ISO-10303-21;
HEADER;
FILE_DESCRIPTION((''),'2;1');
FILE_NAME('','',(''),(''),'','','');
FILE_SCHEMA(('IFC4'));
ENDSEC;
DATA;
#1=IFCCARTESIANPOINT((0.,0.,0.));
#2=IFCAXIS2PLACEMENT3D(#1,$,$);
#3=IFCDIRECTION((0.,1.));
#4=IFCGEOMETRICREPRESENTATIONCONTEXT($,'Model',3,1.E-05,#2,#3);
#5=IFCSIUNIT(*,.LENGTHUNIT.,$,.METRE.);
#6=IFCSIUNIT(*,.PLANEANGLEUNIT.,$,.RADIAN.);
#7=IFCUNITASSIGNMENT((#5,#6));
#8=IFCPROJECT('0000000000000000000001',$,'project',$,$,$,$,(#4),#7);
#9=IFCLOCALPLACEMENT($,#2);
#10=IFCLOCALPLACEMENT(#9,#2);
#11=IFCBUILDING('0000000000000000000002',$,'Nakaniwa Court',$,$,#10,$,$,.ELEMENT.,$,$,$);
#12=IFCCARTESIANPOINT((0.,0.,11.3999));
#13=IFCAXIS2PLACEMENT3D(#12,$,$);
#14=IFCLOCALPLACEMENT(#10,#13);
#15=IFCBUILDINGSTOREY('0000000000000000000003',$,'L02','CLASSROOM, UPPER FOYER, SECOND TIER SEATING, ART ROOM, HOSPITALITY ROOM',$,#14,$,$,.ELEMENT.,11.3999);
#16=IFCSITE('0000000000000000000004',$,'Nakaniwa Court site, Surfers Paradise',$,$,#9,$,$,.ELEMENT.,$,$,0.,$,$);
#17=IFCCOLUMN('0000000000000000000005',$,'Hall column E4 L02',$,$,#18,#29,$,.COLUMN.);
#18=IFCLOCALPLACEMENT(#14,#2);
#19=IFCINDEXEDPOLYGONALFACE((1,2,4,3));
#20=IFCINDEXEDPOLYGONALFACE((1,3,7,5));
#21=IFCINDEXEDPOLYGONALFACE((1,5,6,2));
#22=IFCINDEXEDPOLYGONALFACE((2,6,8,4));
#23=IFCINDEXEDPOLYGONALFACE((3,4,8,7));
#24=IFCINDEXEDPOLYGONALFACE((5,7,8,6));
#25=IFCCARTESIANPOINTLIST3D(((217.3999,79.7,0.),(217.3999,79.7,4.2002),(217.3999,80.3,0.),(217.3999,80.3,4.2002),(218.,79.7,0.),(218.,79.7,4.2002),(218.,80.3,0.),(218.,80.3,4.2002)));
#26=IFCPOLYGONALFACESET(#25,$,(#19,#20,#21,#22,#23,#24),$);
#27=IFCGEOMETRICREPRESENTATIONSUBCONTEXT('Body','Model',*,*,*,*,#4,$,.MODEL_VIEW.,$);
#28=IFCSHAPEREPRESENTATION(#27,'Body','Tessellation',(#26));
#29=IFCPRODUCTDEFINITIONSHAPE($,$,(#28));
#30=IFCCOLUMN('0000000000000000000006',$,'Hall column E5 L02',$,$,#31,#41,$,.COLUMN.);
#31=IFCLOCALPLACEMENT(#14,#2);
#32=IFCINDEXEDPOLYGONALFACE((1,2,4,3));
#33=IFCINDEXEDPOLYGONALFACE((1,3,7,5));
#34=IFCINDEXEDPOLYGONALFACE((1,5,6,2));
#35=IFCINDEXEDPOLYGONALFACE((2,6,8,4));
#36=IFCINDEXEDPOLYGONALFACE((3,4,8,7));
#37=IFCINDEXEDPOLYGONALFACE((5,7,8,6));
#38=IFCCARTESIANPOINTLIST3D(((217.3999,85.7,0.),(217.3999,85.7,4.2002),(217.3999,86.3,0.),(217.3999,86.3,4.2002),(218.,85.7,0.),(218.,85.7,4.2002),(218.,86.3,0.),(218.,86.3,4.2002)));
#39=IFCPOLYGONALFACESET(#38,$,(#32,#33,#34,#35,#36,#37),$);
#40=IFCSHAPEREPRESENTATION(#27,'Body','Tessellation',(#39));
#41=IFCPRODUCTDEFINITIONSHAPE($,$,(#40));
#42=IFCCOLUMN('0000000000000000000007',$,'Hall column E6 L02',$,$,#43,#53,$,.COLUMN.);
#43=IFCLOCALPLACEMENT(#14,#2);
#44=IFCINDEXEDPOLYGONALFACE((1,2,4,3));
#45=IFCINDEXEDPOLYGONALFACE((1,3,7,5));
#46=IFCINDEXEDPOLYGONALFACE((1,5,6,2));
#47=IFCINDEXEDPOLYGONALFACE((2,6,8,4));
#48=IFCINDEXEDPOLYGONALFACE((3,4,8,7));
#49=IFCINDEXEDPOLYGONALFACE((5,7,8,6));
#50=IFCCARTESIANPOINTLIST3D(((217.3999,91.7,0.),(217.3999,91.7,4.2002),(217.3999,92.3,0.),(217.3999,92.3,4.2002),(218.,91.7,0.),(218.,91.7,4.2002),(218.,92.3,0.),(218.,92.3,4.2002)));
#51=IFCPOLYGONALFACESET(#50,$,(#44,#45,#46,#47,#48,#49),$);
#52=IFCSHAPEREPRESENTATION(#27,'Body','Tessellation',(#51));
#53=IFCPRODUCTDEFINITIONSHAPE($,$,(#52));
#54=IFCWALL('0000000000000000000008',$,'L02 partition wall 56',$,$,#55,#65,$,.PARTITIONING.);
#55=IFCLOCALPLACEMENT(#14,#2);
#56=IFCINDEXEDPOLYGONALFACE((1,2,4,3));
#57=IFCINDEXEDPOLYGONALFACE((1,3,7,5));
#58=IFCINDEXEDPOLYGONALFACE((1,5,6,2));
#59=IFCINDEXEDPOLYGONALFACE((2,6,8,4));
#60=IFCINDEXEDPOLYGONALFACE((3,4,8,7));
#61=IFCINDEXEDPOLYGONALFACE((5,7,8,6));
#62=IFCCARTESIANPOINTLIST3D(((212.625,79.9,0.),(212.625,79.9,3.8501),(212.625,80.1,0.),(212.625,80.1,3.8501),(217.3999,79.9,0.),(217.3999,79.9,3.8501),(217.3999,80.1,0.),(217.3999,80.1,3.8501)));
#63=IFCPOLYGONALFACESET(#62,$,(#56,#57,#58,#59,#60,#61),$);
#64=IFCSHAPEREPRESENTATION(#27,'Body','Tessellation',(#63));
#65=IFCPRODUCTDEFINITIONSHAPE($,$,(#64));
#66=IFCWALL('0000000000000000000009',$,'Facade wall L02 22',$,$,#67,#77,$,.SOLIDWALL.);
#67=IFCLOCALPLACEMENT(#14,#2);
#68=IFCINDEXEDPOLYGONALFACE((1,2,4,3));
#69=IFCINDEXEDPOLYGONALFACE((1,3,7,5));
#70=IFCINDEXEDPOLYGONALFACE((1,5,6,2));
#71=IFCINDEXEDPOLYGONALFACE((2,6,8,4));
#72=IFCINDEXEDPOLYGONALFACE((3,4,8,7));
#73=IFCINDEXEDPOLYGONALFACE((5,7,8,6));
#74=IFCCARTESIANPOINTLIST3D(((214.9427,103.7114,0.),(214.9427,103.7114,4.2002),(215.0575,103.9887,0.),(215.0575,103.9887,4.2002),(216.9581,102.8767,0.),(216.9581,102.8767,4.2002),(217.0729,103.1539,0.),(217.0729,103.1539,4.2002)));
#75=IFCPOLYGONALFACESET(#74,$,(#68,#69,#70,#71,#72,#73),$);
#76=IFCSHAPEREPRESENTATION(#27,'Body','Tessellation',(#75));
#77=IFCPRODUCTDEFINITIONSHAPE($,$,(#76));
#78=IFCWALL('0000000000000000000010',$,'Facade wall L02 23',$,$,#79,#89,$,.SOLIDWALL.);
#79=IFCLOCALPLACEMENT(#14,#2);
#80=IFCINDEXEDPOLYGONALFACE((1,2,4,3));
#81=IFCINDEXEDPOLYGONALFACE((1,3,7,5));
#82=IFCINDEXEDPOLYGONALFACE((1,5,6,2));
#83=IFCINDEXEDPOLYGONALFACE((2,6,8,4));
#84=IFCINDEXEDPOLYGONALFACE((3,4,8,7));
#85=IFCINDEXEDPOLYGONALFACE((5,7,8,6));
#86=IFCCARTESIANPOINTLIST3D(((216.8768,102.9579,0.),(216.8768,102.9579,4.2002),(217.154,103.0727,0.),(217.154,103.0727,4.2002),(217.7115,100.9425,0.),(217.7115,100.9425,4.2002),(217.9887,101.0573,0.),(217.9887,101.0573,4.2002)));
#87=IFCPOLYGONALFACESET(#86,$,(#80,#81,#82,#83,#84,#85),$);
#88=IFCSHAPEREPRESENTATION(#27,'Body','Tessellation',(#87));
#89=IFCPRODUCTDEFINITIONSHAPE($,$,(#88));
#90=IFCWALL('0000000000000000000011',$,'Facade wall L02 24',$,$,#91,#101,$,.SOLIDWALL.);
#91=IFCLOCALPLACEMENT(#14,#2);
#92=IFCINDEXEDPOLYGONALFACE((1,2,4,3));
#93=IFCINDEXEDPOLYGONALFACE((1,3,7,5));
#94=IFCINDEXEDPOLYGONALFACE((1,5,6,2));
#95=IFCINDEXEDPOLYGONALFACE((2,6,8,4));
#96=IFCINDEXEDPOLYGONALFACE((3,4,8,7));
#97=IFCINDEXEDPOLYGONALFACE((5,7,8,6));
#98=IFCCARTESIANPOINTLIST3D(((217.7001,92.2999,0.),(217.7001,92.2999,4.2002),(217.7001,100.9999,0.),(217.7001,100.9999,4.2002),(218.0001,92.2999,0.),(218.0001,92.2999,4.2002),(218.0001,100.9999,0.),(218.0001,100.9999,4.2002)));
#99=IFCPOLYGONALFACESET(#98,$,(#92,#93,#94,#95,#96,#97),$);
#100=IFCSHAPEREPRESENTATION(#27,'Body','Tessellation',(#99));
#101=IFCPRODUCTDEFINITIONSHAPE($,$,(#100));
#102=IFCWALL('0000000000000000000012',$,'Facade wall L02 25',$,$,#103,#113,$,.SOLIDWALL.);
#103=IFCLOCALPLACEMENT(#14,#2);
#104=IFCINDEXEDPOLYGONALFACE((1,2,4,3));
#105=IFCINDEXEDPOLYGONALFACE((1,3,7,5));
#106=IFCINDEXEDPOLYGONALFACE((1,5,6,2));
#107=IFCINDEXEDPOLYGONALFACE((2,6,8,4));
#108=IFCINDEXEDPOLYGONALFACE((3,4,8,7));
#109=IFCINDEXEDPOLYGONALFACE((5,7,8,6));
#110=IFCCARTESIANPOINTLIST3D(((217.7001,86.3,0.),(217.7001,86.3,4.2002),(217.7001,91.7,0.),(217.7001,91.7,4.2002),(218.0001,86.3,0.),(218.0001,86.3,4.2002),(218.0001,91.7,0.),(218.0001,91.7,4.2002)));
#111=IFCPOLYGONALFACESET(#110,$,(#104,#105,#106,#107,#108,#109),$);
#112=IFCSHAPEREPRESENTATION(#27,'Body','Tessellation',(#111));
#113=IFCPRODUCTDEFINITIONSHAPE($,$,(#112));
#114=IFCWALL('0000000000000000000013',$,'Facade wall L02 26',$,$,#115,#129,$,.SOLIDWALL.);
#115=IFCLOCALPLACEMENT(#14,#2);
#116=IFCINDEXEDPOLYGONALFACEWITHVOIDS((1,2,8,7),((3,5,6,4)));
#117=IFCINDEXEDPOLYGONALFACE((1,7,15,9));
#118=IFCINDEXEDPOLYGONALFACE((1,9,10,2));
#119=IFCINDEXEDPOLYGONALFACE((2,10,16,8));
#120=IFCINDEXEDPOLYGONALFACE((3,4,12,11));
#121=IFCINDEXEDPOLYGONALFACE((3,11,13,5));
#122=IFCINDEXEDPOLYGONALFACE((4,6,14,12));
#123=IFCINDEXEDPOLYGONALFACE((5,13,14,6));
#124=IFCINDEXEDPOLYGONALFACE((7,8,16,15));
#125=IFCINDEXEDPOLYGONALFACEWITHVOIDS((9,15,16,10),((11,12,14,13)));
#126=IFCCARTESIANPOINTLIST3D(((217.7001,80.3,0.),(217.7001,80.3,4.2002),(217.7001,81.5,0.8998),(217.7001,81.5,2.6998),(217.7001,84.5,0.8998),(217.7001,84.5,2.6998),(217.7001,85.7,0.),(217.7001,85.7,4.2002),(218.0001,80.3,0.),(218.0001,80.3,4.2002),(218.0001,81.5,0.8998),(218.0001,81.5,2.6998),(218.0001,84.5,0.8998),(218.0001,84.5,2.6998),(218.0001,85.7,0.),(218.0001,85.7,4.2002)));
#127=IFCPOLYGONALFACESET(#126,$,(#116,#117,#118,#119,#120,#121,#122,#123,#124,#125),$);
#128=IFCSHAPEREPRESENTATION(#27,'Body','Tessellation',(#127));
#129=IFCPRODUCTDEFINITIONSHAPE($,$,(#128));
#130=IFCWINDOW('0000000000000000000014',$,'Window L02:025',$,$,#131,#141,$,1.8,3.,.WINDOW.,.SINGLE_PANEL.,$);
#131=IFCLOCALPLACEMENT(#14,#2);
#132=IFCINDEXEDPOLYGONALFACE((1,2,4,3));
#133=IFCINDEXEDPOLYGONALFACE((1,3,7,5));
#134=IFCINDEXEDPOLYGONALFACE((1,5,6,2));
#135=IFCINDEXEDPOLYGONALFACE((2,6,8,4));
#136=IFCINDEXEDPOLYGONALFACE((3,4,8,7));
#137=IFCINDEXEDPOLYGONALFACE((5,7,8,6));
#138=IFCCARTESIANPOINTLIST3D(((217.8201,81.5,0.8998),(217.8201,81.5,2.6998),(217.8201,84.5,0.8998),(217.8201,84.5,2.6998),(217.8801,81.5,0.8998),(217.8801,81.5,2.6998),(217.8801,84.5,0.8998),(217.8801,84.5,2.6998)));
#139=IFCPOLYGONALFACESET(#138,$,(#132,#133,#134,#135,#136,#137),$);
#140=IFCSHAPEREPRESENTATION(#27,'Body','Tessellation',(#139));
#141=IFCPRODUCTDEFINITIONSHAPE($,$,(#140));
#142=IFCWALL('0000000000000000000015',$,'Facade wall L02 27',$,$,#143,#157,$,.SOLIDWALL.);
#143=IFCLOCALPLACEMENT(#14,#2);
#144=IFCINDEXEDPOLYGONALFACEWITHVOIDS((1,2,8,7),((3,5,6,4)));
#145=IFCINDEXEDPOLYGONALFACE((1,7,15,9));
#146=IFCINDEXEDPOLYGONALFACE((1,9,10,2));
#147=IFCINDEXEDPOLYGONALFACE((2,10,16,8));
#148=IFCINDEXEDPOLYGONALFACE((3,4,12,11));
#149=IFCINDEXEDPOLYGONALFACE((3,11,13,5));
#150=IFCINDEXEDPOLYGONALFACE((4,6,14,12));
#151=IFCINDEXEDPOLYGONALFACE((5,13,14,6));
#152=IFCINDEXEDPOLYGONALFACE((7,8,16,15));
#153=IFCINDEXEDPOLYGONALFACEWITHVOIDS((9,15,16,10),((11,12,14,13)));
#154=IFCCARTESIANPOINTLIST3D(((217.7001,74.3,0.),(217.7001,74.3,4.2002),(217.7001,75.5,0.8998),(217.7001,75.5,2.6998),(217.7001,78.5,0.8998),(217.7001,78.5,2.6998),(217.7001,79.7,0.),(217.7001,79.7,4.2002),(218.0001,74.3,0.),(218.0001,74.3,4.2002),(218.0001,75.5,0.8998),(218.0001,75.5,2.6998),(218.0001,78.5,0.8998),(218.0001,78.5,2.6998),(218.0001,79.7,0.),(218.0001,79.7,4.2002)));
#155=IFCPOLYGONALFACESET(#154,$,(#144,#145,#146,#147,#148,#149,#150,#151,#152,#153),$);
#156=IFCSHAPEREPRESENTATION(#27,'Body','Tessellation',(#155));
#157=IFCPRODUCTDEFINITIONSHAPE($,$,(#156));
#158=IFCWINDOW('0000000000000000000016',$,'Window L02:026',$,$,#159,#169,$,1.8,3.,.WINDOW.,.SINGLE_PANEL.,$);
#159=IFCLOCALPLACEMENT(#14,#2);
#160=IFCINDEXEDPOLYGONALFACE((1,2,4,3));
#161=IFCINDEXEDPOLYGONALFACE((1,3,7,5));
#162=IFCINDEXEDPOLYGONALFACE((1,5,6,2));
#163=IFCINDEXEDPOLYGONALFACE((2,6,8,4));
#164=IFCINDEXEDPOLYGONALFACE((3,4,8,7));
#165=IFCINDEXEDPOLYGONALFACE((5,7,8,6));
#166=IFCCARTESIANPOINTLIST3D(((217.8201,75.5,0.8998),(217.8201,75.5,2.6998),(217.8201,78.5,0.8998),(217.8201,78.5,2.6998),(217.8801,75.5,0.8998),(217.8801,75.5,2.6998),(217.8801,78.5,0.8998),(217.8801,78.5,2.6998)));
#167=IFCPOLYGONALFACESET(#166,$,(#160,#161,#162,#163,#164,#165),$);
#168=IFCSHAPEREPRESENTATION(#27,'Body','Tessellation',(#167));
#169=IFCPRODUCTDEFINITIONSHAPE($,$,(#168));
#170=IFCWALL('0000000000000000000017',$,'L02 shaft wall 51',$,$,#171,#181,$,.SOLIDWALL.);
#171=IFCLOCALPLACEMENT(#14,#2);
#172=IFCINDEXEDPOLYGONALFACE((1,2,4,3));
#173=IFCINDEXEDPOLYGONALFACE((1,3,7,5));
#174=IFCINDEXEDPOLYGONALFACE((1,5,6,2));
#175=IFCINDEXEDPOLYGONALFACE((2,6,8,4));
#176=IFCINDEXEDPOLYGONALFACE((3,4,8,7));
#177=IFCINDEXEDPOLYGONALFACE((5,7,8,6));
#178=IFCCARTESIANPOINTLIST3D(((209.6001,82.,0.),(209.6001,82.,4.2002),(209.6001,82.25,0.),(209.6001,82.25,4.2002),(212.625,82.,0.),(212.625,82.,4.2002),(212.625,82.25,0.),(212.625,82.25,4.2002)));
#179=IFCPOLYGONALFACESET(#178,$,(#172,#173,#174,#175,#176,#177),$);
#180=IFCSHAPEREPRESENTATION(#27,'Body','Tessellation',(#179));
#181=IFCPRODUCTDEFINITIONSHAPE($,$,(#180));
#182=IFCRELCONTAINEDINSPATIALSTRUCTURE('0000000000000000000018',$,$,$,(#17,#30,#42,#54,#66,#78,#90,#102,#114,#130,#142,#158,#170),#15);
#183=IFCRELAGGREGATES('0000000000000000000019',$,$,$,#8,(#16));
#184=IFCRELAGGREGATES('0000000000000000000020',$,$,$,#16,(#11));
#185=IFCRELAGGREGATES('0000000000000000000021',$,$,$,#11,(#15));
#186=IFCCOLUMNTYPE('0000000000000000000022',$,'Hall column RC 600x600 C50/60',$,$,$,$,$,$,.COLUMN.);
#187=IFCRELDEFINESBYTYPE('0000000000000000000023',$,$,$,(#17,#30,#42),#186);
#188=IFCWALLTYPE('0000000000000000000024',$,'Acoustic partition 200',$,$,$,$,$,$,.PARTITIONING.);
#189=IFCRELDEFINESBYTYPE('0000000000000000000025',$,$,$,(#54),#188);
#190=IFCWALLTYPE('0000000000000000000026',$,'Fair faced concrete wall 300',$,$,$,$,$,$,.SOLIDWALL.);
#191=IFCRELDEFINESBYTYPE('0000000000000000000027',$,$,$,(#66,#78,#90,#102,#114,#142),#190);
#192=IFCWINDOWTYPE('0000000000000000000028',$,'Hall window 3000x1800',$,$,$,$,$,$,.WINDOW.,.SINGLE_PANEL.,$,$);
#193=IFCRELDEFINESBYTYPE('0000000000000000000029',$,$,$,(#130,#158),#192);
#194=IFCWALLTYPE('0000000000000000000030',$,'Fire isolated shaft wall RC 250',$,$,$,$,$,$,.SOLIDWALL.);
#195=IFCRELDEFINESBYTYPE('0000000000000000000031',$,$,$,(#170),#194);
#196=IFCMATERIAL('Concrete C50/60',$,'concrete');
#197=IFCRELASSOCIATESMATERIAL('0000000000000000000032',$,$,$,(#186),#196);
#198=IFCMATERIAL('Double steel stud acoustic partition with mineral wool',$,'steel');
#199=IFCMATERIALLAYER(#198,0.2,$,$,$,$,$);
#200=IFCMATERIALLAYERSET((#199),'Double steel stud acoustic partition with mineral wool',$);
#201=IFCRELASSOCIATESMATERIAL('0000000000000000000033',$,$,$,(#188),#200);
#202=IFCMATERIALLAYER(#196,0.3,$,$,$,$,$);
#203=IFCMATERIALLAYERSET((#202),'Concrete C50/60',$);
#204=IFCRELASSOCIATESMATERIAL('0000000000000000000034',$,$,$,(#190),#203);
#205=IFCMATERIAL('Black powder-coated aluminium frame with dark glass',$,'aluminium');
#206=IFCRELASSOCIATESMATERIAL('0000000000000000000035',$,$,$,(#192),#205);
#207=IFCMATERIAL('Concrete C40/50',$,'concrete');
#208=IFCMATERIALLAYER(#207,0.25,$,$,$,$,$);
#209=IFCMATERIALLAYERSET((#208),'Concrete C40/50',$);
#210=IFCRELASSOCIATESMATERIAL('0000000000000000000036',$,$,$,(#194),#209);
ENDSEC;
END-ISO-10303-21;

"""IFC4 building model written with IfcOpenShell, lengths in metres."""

from ifc_helpers import new_model, si_unit, direction, frame, frame_2d, origin, origin_2d, place, context, subcontext, project, spatial, rectangle, extrude, material, layer, layer_set, material_profile, profile_set, type_object, element, fill, save


model = new_model("IFC4")

# Units and contexts
model_context = context("Model", 3, precision=1e-05, world=origin(), true_north=direction((0.0, 1.0)))
body_context = subcontext(model_context, "Body", "Model", "MODEL_VIEW")
ifc_project = project(units=[si_unit("LENGTHUNIT", "METRE"), si_unit("PLANEANGLEUNIT", "RADIAN")], contexts=[model_context])

# Site, building, storey
site_placement = place(None, origin())
site = spatial("IfcSite", under=ifc_project, at=site_placement, Name="Nakaniwa Court site, Surfers Paradise", CompositionType="ELEMENT", RefElevation=0.0)
building_placement = place(site_placement, origin())
building = spatial("IfcBuilding", under=site, at=building_placement, Name="Nakaniwa Court", CompositionType="ELEMENT")
storey_placement = place(building_placement, frame((0.0, 0.0, 11.3999)))
storey = spatial("IfcBuildingStorey", under=building, at=storey_placement, Name="L02", Description="CLASSROOM, UPPER FOYER, SECOND TIER SEATING, ART ROOM, HOSPITALITY ROOM", CompositionType="ELEMENT", Elevation=11.3999)

# Columns
ifc_material_1 = material(Name="Concrete C50/60", Category="concrete")
ifc_material_profile_1 = material_profile(ifc_material_1, rectangle(XDim=0.6001, YDim=0.6001, at=origin_2d()), Name="RC 600x600")
ifc_profile_set_1 = profile_set([ifc_material_profile_1], Name="Concrete C50/60")
column_type = type_object("IfcColumnType", Name="Hall column RC 600x600 C50/60", PredefinedType="COLUMN", material=ifc_profile_set_1)
for number, where, z_axis, x_axis, name in (
    (1, (217.7, 80.0, 0.0), (0.0, 0.0, 1.0), (1.0, 0.0, 0.0), "Hall column E4 L02"),
    (2, (217.7, 86.0, 0.0), (0.0, 0.0, 1.0), (1.0, 0.0, 0.0), "Hall column E5 L02"),
    (3, (217.7, 92.0, 0.0), (0.0, 0.0, 1.0), (1.0, 0.0, 0.0), "Hall column E6 L02"),
):
    element("IfcColumn", number, at=place(storey_placement, frame(where, z_axis=z_axis, x_axis=x_axis)), inside=storey, type_object=column_type, Name=name, PredefinedType="COLUMN", context=body_context, shape_type="SweptSolid", body=[
        extrude(rectangle(XDim=0.6001, YDim=0.6001, at=origin_2d()), origin(), (0.0, 0.0, 1.0), 4.2002),
    ])

# Walls
ifc_material_2 = material(Name="Double steel stud acoustic partition with mineral wool", Category="steel")
ifc_layer_1 = layer(ifc_material_2, 0.2)
ifc_layer_set_1 = layer_set([ifc_layer_1], Name="Double steel stud acoustic partition with mineral wool")
wall_type_1 = type_object("IfcWallType", Name="Acoustic partition 200", PredefinedType="PARTITIONING", material=ifc_layer_set_1)
wall_1_placement = place(storey_placement, frame((212.625, 80.0, 0.0), z_axis=(0.0, 0.0, 1.0), x_axis=(1.0, 0.0, 0.0)))
element("IfcWall", 4, at=wall_1_placement, inside=storey, type_object=wall_type_1, Name="L02 partition wall 56", PredefinedType="PARTITIONING", context=body_context, shape_type="SweptSolid", body=[
    extrude(rectangle(XDim=4.7749, YDim=0.2, at=frame_2d((2.3875, 0.0))), origin(), (0.0, 0.0, 1.0), 3.8501),
])
ifc_layer_2 = layer(ifc_material_1, 0.3)
ifc_layer_set_2 = layer_set([ifc_layer_2], Name="Concrete C50/60")
wall_type_2 = type_object("IfcWallType", Name="Fair faced concrete wall 300", PredefinedType="SOLIDWALL", material=ifc_layer_set_2)
for number, where, z_axis, x_axis, name in (
    (5, (215.0, 103.8501, 0.0), (0.0, 0.0, 1.0), (0.923893, -0.382652, 0.0), "Facade wall L02 22"),
    (6, (217.0154, 103.0154, 0.0), (0.0, 0.0, 1.0), (0.382652, -0.923893, 0.0), "Facade wall L02 23"),
):
    element("IfcWall", number, at=place(storey_placement, frame(where, z_axis=z_axis, x_axis=x_axis)), inside=storey, type_object=wall_type_2, Name=name, PredefinedType="SOLIDWALL", context=body_context, shape_type="SweptSolid", body=[
        extrude(rectangle(XDim=2.1814, YDim=0.3, at=frame_2d((1.0908, 0.0))), origin(), (0.0, 0.0, 1.0), 4.2002),
    ])
wall_2_placement = place(storey_placement, frame((217.8501, 101.0, 0.0), z_axis=(0.0, 0.0, 1.0), x_axis=(0.0, -1.0, 0.0)))
element("IfcWall", 7, at=wall_2_placement, inside=storey, type_object=wall_type_2, Name="Facade wall L02 24", PredefinedType="SOLIDWALL", context=body_context, shape_type="SweptSolid", body=[
    extrude(rectangle(XDim=8.7, YDim=0.3, at=frame_2d((4.3501, 0.0))), origin(), (0.0, 0.0, 1.0), 4.2002),
])
wall_3_placement = place(storey_placement, frame((217.8501, 91.7, 0.0), z_axis=(0.0, 0.0, 1.0), x_axis=(0.0, -1.0, 0.0)))
element("IfcWall", 8, at=wall_3_placement, inside=storey, type_object=wall_type_2, Name="Facade wall L02 25", PredefinedType="SOLIDWALL", context=body_context, shape_type="SweptSolid", body=[
    extrude(rectangle(XDim=5.3999, YDim=0.3, at=frame_2d((2.7, 0.0))), origin(), (0.0, 0.0, 1.0), 4.2002),
])

# Walls, openings, windows
wall_4_placement = place(storey_placement, frame((217.8501, 85.7, 0.0), z_axis=(0.0, 0.0, 1.0), x_axis=(0.0, -1.0, 0.0)))
wall_4 = element("IfcWall", 9, at=wall_4_placement, inside=storey, type_object=wall_type_2, Name="Facade wall L02 26", PredefinedType="SOLIDWALL", context=body_context, shape_type="SweptSolid", body=[
    extrude(rectangle(XDim=5.3999, YDim=0.3, at=frame_2d((2.7, 0.0))), origin(), (0.0, 0.0, 1.0), 4.2002),
])
opening_1_placement = place(wall_4_placement, frame((1.2, 0.0, 0.8999)))
opening_1 = element("IfcOpeningElement", 10, at=opening_1_placement, cuts=wall_4, PredefinedType="OPENING", context=body_context, shape_type="SweptSolid", body=[
    extrude(rectangle(XDim=3.0, YDim=1.8, at=frame_2d((1.5, 0.8999))), frame((0.0, 0.1599, 0.0), z_axis=(0.0, -1.0, 0.0), x_axis=(1.0, 0.0, 0.0)), (0.0, 0.0, 1.0), 0.3201),
])
ifc_material_3 = material(Name="Black powder-coated aluminium frame with dark glass", Category="aluminium")
window_type = type_object("IfcWindowType", Name="Hall window 3000x1800", PartitioningType="SINGLE_PANEL", PredefinedType="WINDOW", material=ifc_material_3)
window_1_placement = place(opening_1_placement, origin())
window_1 = element("IfcWindow", 11, at=window_1_placement, inside=storey, type_object=window_type, Name="Window L02:025", OverallHeight=1.8, OverallWidth=3.0, PartitioningType="SINGLE_PANEL", PredefinedType="WINDOW", context=body_context, shape_type="SweptSolid", body=[
    extrude(rectangle(XDim=3.0, YDim=1.8, at=frame_2d((1.5, 0.8999))), frame((0.0, 0.03, 0.0), z_axis=(0.0, -1.0, 0.0), x_axis=(1.0, 0.0, 0.0)), (0.0, 0.0, 1.0), 0.0601),
])
fill(opening_1, window_1)
wall_5_placement = place(storey_placement, frame((217.8501, 79.7, 0.0), z_axis=(0.0, 0.0, 1.0), x_axis=(0.0, -1.0, 0.0)))
wall_5 = element("IfcWall", 12, at=wall_5_placement, inside=storey, type_object=wall_type_2, Name="Facade wall L02 27", PredefinedType="SOLIDWALL", context=body_context, shape_type="SweptSolid", body=[
    extrude(rectangle(XDim=5.3999, YDim=0.3, at=frame_2d((2.7, 0.0))), origin(), (0.0, 0.0, 1.0), 4.2002),
])
opening_2_placement = place(wall_5_placement, frame((1.2, 0.0, 0.8999)))
opening_2 = element("IfcOpeningElement", 13, at=opening_2_placement, cuts=wall_5, PredefinedType="OPENING", context=body_context, shape_type="SweptSolid", body=[
    extrude(rectangle(XDim=3.0, YDim=1.8, at=frame_2d((1.5, 0.8999))), frame((0.0, 0.1599, 0.0), z_axis=(0.0, -1.0, 0.0), x_axis=(1.0, 0.0, 0.0)), (0.0, 0.0, 1.0), 0.3201),
])
window_2_placement = place(opening_2_placement, origin())
window_2 = element("IfcWindow", 14, at=window_2_placement, inside=storey, type_object=window_type, Name="Window L02:026", OverallHeight=1.8, OverallWidth=3.0, PartitioningType="SINGLE_PANEL", PredefinedType="WINDOW", context=body_context, shape_type="SweptSolid", body=[
    extrude(rectangle(XDim=3.0, YDim=1.8, at=frame_2d((1.5, 0.8999))), frame((0.0, 0.03, 0.0), z_axis=(0.0, -1.0, 0.0), x_axis=(1.0, 0.0, 0.0)), (0.0, 0.0, 1.0), 0.0601),
])
fill(opening_2, window_2)

# Wall
ifc_material_4 = material(Name="Concrete C40/50", Category="concrete")
ifc_layer_3 = layer(ifc_material_4, 0.25)
ifc_layer_set_3 = layer_set([ifc_layer_3], Name="Concrete C40/50")
wall_type_3 = type_object("IfcWallType", Name="Fire isolated shaft wall RC 250", PredefinedType="SOLIDWALL", material=ifc_layer_set_3)
wall_6_placement = place(storey_placement, frame((212.625, 82.125, 0.0), z_axis=(0.0, 0.0, 1.0), x_axis=(-1.0, 0.0, 0.0)))
element("IfcWall", 15, at=wall_6_placement, inside=storey, type_object=wall_type_3, Name="L02 shaft wall 51", PredefinedType="SOLIDWALL", context=body_context, shape_type="SweptSolid", body=[
    extrude(rectangle(XDim=3.0249, YDim=0.25, at=frame_2d((1.5125, 0.0))), origin(), (0.0, 0.0, 1.0), 4.2002),
])

save(model, "model.ifc")
